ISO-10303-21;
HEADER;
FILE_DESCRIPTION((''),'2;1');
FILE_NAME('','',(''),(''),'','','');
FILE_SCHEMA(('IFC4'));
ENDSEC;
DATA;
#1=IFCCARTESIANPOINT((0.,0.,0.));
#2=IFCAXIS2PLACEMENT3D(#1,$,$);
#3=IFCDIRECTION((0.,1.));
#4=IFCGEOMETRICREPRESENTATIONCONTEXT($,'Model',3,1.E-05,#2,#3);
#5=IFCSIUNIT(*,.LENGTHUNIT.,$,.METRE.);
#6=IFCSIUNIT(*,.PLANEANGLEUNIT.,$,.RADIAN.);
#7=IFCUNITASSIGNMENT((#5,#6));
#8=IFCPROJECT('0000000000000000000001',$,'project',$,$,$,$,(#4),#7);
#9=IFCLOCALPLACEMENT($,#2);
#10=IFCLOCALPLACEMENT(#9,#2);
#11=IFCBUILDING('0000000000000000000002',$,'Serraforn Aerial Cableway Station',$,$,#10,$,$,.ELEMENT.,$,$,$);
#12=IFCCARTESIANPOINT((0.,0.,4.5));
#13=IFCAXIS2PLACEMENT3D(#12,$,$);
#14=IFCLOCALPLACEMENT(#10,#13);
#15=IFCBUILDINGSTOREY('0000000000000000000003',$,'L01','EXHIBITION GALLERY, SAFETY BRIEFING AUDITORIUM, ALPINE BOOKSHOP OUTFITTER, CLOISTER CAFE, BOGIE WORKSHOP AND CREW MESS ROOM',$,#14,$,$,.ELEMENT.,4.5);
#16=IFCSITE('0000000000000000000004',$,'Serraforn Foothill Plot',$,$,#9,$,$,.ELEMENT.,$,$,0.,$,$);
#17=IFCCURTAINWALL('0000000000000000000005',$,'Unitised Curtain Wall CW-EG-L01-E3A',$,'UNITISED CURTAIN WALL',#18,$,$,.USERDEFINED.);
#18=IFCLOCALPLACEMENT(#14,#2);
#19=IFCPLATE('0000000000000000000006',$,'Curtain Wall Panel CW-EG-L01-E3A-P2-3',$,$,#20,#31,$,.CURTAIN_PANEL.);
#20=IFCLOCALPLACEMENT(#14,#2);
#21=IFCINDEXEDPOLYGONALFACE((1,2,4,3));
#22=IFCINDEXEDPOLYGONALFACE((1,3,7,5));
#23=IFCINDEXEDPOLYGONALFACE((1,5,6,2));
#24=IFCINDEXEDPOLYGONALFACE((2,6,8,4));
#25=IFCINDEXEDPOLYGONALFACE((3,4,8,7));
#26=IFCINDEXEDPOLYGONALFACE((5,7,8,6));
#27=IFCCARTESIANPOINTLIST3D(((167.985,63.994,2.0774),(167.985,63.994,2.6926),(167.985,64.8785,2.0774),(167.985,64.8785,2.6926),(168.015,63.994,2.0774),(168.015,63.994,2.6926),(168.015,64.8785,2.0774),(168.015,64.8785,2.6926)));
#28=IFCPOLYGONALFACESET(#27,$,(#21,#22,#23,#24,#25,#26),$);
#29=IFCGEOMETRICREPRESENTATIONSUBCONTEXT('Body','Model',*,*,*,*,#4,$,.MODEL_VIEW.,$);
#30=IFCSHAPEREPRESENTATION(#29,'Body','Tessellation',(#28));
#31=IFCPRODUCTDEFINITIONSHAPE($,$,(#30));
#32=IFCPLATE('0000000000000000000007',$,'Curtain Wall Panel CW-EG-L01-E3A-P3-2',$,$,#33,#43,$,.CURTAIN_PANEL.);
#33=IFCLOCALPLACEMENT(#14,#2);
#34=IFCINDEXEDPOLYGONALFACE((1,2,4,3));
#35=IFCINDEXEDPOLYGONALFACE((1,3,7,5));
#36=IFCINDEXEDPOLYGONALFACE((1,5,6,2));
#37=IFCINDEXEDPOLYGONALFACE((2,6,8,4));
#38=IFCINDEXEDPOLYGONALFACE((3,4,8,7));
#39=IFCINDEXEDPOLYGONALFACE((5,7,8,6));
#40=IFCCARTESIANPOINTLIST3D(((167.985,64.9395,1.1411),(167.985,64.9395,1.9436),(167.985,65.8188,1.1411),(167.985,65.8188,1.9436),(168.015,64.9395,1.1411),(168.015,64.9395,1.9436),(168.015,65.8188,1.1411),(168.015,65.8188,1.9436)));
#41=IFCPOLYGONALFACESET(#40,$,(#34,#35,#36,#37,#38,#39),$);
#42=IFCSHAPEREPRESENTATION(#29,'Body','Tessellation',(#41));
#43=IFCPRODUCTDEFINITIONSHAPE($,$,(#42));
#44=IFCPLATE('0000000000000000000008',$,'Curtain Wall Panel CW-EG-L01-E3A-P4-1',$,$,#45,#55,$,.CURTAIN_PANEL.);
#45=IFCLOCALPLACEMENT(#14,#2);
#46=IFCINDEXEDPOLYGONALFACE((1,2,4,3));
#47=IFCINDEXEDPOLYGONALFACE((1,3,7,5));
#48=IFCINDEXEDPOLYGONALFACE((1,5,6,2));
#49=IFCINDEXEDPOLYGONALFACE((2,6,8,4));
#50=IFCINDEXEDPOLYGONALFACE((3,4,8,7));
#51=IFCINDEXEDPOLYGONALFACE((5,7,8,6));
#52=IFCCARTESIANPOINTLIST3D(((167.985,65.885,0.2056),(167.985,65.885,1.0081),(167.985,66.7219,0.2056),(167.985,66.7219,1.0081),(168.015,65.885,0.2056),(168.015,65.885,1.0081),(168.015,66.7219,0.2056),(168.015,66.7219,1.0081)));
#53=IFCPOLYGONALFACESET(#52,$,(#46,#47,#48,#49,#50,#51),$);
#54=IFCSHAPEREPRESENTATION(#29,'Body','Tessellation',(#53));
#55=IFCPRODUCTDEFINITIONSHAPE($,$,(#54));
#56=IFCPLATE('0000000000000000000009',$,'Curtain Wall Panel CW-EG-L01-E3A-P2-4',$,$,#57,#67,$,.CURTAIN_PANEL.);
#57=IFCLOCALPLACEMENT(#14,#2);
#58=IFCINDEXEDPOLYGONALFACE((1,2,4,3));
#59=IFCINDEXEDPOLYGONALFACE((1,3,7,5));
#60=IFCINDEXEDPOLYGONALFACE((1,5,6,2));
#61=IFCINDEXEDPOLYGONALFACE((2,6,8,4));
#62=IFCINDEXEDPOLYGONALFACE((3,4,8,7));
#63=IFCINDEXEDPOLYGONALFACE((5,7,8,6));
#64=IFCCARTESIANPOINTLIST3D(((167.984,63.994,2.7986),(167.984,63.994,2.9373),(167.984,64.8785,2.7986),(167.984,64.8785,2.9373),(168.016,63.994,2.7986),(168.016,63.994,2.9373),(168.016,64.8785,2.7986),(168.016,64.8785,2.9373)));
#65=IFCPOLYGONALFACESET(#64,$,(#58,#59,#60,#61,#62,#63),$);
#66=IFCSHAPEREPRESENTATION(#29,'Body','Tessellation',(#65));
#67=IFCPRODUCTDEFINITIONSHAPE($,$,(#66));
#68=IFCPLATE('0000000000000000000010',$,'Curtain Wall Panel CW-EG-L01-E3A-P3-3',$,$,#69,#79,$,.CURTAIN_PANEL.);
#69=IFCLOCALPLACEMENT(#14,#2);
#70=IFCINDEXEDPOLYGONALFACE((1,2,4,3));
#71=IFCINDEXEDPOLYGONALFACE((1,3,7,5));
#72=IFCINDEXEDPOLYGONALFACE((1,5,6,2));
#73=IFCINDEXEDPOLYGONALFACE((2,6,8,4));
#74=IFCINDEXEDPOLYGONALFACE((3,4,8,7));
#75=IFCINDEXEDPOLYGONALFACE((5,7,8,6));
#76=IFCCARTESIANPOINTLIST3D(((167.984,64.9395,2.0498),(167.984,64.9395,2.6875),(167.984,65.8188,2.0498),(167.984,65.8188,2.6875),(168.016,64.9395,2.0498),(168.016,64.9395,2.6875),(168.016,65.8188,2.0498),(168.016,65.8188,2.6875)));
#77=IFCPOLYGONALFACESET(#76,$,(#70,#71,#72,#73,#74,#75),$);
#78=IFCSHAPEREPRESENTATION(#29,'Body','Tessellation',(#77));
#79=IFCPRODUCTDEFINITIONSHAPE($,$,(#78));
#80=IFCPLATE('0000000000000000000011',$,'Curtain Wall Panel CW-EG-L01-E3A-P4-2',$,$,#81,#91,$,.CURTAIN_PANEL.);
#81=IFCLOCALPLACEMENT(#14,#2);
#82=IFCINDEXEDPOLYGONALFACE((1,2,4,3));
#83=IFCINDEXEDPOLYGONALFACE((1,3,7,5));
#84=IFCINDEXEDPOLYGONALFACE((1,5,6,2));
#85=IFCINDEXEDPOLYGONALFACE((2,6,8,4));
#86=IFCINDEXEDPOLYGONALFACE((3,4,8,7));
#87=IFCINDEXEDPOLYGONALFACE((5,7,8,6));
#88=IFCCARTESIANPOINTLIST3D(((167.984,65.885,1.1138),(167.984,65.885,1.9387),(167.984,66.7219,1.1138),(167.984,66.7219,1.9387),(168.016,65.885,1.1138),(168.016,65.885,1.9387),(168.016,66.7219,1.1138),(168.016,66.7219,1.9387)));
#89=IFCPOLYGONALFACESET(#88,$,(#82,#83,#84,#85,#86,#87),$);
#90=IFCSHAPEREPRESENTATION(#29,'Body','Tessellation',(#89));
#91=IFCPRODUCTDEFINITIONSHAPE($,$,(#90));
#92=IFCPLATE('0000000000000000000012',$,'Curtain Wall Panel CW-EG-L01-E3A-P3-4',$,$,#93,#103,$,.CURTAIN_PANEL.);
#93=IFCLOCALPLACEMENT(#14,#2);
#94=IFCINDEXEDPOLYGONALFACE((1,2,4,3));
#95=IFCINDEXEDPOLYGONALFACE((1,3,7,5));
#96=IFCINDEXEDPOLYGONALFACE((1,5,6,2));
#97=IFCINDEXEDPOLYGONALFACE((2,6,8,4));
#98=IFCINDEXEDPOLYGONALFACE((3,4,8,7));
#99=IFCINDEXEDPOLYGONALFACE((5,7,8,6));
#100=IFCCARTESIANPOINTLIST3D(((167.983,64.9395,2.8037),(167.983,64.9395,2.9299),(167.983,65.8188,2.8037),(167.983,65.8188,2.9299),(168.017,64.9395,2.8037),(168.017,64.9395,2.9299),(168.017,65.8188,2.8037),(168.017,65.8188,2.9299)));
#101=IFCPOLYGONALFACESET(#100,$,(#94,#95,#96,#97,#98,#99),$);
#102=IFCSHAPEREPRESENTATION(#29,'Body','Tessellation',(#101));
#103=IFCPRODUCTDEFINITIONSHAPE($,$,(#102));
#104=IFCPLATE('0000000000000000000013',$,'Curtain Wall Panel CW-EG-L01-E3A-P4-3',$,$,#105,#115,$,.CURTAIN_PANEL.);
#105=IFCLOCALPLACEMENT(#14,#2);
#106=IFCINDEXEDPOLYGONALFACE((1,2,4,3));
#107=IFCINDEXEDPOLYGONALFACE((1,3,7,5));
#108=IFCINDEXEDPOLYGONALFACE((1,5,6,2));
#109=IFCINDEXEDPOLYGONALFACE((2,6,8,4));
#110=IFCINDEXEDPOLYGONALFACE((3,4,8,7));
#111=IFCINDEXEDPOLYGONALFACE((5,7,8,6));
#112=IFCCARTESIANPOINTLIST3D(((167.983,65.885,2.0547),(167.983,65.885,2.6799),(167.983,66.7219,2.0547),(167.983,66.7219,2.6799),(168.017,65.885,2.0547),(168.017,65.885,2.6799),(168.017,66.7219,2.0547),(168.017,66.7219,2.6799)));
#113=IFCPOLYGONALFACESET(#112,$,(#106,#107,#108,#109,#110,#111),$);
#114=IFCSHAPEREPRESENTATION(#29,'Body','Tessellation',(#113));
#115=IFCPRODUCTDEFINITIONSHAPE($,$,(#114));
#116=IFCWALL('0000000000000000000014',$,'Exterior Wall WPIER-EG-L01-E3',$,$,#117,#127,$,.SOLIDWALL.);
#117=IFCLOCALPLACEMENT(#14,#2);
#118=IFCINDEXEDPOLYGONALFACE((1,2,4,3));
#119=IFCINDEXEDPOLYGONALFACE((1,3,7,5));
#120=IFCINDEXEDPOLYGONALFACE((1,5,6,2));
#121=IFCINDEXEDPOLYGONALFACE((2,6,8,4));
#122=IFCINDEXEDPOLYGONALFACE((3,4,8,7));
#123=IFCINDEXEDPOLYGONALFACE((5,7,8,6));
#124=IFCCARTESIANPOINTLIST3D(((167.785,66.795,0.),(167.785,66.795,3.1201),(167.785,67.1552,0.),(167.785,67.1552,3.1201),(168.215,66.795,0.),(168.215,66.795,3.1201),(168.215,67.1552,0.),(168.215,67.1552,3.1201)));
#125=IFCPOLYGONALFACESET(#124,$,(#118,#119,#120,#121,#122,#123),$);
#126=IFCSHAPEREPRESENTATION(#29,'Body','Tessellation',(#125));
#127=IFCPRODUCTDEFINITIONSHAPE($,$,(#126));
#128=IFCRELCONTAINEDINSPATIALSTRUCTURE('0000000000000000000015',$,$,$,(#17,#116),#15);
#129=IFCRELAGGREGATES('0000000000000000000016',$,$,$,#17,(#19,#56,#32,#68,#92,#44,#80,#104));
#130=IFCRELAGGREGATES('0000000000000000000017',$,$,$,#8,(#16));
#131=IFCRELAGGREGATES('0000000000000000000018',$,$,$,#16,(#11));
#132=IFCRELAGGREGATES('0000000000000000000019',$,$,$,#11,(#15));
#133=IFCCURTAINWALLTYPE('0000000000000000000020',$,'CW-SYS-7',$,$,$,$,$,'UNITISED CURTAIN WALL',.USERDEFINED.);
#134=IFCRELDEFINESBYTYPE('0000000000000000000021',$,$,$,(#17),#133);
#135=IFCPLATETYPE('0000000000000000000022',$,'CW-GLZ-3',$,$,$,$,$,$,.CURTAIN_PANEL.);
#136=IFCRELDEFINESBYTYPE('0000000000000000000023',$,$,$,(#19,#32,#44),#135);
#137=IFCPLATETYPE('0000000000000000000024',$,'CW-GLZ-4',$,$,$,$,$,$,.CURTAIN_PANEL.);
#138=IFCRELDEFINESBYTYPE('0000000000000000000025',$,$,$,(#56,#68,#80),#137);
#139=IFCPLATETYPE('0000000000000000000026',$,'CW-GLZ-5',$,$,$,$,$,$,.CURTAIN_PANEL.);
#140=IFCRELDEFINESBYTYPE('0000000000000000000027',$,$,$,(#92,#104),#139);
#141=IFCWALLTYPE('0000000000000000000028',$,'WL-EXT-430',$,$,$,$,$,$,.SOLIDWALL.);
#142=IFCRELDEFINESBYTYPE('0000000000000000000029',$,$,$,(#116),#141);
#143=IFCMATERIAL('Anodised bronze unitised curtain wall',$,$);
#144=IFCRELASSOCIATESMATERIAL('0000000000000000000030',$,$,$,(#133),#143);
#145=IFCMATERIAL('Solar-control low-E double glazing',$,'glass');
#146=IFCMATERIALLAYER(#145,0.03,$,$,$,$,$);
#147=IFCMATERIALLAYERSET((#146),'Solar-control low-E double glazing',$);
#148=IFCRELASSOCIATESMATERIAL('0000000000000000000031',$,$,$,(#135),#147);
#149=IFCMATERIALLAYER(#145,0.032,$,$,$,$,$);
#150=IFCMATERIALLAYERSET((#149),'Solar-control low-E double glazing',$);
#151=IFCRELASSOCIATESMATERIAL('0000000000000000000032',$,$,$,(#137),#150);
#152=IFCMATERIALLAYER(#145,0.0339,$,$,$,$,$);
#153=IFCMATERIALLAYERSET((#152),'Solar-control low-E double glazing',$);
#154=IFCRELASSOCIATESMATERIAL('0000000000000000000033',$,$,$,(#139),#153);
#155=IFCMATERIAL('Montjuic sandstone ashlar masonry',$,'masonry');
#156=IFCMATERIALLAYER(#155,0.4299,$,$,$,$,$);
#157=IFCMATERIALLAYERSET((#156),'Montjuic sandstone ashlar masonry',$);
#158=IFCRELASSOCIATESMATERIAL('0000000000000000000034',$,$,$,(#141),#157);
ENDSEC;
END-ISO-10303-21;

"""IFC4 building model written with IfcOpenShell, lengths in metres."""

from ifc_helpers import new_model, si_unit, direction, frame, frame_2d, origin, origin_2d, place, context, subcontext, project, spatial, rectangle, extrude, material, layer, layer_set, type_object, element, aggregate, save


model = new_model("IFC4")

# Units and contexts
model_context = context("Model", 3, precision=1e-05, world=origin(), true_north=direction((0.0, 1.0)))
body_context = subcontext(model_context, "Body", "Model", "MODEL_VIEW")
ifc_project = project(units=[si_unit("LENGTHUNIT", "METRE"), si_unit("PLANEANGLEUNIT", "RADIAN")], contexts=[model_context])

# Site, building, storey
site_placement = place(None, origin())
site = spatial("IfcSite", under=ifc_project, at=site_placement, Name="Serraforn Foothill Plot", CompositionType="ELEMENT", RefElevation=0.0)
building_placement = place(site_placement, origin())
building = spatial("IfcBuilding", under=site, at=building_placement, Name="Serraforn Aerial Cableway Station", CompositionType="ELEMENT")
storey_placement = place(building_placement, frame((0.0, 0.0, 4.5)))
storey = spatial("IfcBuildingStorey", under=building, at=storey_placement, Name="L01", Description="EXHIBITION GALLERY, SAFETY BRIEFING AUDITORIUM, ALPINE BOOKSHOP OUTFITTER, CLOISTER CAFE, BOGIE WORKSHOP AND CREW MESS ROOM", CompositionType="ELEMENT", Elevation=4.5)

# Shared definitions
ifc_material_1 = material(Name="Anodised bronze unitised curtain wall")

# Curtain wall
curtain_wall_type_1 = type_object("IfcCurtainWallType", Name="CW-SYS-7", ElementType="UNITISED CURTAIN WALL", PredefinedType="USERDEFINED", material=ifc_material_1)
curtain_wall_1_placement = place(storey_placement, origin())
curtain_wall_1 = element("IfcCurtainWall", 1, at=curtain_wall_1_placement, inside=storey, type_object=curtain_wall_type_1, Name="Unitised Curtain Wall CW-EG-L01-E3A", ObjectType="UNITISED CURTAIN WALL", PredefinedType="USERDEFINED")

# Plates
ifc_material_2 = material(Name="Solar-control low-E double glazing", Category="glass")
ifc_layer_1 = layer(ifc_material_2, 0.03)
ifc_layer_set_1 = layer_set([ifc_layer_1], Name="Solar-control low-E double glazing")
plate_type_1 = type_object("IfcPlateType", Name="CW-GLZ-3", PredefinedType="CURTAIN_PANEL", material=ifc_layer_set_1)
plate_1_placement = place(storey_placement, frame((168.0, 64.4363, 2.0774), z_axis=(0.0, 0.0, 1.0), x_axis=(1.0, 0.0, 0.0)))
plate_1 = element("IfcPlate", 2, at=plate_1_placement, type_object=plate_type_1, Name="Curtain Wall Panel CW-EG-L01-E3A-P2-3", PredefinedType="CURTAIN_PANEL", context=body_context, shape_type="SweptSolid", body=[
    extrude(rectangle(XDim=0.03, YDim=0.8845, at=origin_2d()), origin(), (0.0, 0.0, 1.0), 0.6152),
])
plate_2_placement = place(storey_placement, frame((168.0, 65.3792, 1.1411), z_axis=(0.0, 0.0, 1.0), x_axis=(1.0, 0.0, 0.0)))
plate_2 = element("IfcPlate", 3, at=plate_2_placement, type_object=plate_type_1, Name="Curtain Wall Panel CW-EG-L01-E3A-P3-2", PredefinedType="CURTAIN_PANEL", context=body_context, shape_type="SweptSolid", body=[
    extrude(rectangle(XDim=0.03, YDim=0.8794, at=origin_2d()), origin(), (0.0, 0.0, 1.0), 0.8025),
])
plate_3_placement = place(storey_placement, frame((168.0, 66.3035, 0.2056), z_axis=(0.0, 0.0, 1.0), x_axis=(1.0, 0.0, 0.0)))
plate_3 = element("IfcPlate", 4, at=plate_3_placement, type_object=plate_type_1, Name="Curtain Wall Panel CW-EG-L01-E3A-P4-1", PredefinedType="CURTAIN_PANEL", context=body_context, shape_type="SweptSolid", body=[
    extrude(rectangle(XDim=0.03, YDim=0.8369, at=origin_2d()), origin(), (0.0, 0.0, 1.0), 0.8025),
])
ifc_layer_2 = layer(ifc_material_2, 0.032)
ifc_layer_set_2 = layer_set([ifc_layer_2], Name="Solar-control low-E double glazing")
plate_type_2 = type_object("IfcPlateType", Name="CW-GLZ-4", PredefinedType="CURTAIN_PANEL", material=ifc_layer_set_2)
plate_4_placement = place(storey_placement, frame((168.0, 64.4363, 2.7986), z_axis=(0.0, 0.0, 1.0), x_axis=(1.0, 0.0, 0.0)))
plate_4 = element("IfcPlate", 5, at=plate_4_placement, type_object=plate_type_2, Name="Curtain Wall Panel CW-EG-L01-E3A-P2-4", PredefinedType="CURTAIN_PANEL", context=body_context, shape_type="SweptSolid", body=[
    extrude(rectangle(XDim=0.032, YDim=0.8845, at=origin_2d()), origin(), (0.0, 0.0, 1.0), 0.1387),
])
plate_5_placement = place(storey_placement, frame((168.0, 65.3792, 2.0498), z_axis=(0.0, 0.0, 1.0), x_axis=(1.0, 0.0, 0.0)))
plate_5 = element("IfcPlate", 6, at=plate_5_placement, type_object=plate_type_2, Name="Curtain Wall Panel CW-EG-L01-E3A-P3-3", PredefinedType="CURTAIN_PANEL", context=body_context, shape_type="SweptSolid", body=[
    extrude(rectangle(XDim=0.032, YDim=0.8794, at=origin_2d()), origin(), (0.0, 0.0, 1.0), 0.6377),
])
plate_6_placement = place(storey_placement, frame((168.0, 66.3035, 1.1138), z_axis=(0.0, 0.0, 1.0), x_axis=(1.0, 0.0, 0.0)))
plate_6 = element("IfcPlate", 7, at=plate_6_placement, type_object=plate_type_2, Name="Curtain Wall Panel CW-EG-L01-E3A-P4-2", PredefinedType="CURTAIN_PANEL", context=body_context, shape_type="SweptSolid", body=[
    extrude(rectangle(XDim=0.032, YDim=0.8369, at=origin_2d()), origin(), (0.0, 0.0, 1.0), 0.825),
])
ifc_layer_3 = layer(ifc_material_2, 0.0339)
ifc_layer_set_3 = layer_set([ifc_layer_3], Name="Solar-control low-E double glazing")
plate_type_3 = type_object("IfcPlateType", Name="CW-GLZ-5", PredefinedType="CURTAIN_PANEL", material=ifc_layer_set_3)
plate_7_placement = place(storey_placement, frame((168.0, 65.3792, 2.8037), z_axis=(0.0, 0.0, 1.0), x_axis=(1.0, 0.0, 0.0)))
plate_7 = element("IfcPlate", 8, at=plate_7_placement, type_object=plate_type_3, Name="Curtain Wall Panel CW-EG-L01-E3A-P3-4", PredefinedType="CURTAIN_PANEL", context=body_context, shape_type="SweptSolid", body=[
    extrude(rectangle(XDim=0.0339, YDim=0.8794, at=origin_2d()), origin(), (0.0, 0.0, 1.0), 0.1262),
])
plate_8_placement = place(storey_placement, frame((168.0, 66.3035, 2.0547), z_axis=(0.0, 0.0, 1.0), x_axis=(1.0, 0.0, 0.0)))
plate_8 = element("IfcPlate", 9, at=plate_8_placement, type_object=plate_type_3, Name="Curtain Wall Panel CW-EG-L01-E3A-P4-3", PredefinedType="CURTAIN_PANEL", context=body_context, shape_type="SweptSolid", body=[
    extrude(rectangle(XDim=0.0339, YDim=0.8369, at=origin_2d()), origin(), (0.0, 0.0, 1.0), 0.6252),
])
aggregate(curtain_wall_1, [plate_1, plate_4, plate_2, plate_5, plate_7, plate_3, plate_6, plate_8])

# Wall
ifc_material_3 = material(Name="Montjuic sandstone ashlar masonry", Category="masonry")
ifc_layer_4 = layer(ifc_material_3, 0.4299)
ifc_layer_set_4 = layer_set([ifc_layer_4], Name="Montjuic sandstone ashlar masonry")
wall_type = type_object("IfcWallType", Name="WL-EXT-430", PredefinedType="SOLIDWALL", material=ifc_layer_set_4)
wall_placement = place(storey_placement, frame((168.0, 66.7949, 0.0), z_axis=(0.0, 0.0, 1.0), x_axis=(0.0, 1.0, 0.0)))
element("IfcWall", 10, at=wall_placement, inside=storey, type_object=wall_type, Name="Exterior Wall WPIER-EG-L01-E3", PredefinedType="SOLIDWALL", context=body_context, shape_type="SweptSolid", body=[
    extrude(rectangle(XDim=0.3601, YDim=0.4299, at=frame_2d((0.1802, 0.0))), origin(), (0.0, 0.0, 1.0), 3.1201),
])

save(model, "model.ifc")
